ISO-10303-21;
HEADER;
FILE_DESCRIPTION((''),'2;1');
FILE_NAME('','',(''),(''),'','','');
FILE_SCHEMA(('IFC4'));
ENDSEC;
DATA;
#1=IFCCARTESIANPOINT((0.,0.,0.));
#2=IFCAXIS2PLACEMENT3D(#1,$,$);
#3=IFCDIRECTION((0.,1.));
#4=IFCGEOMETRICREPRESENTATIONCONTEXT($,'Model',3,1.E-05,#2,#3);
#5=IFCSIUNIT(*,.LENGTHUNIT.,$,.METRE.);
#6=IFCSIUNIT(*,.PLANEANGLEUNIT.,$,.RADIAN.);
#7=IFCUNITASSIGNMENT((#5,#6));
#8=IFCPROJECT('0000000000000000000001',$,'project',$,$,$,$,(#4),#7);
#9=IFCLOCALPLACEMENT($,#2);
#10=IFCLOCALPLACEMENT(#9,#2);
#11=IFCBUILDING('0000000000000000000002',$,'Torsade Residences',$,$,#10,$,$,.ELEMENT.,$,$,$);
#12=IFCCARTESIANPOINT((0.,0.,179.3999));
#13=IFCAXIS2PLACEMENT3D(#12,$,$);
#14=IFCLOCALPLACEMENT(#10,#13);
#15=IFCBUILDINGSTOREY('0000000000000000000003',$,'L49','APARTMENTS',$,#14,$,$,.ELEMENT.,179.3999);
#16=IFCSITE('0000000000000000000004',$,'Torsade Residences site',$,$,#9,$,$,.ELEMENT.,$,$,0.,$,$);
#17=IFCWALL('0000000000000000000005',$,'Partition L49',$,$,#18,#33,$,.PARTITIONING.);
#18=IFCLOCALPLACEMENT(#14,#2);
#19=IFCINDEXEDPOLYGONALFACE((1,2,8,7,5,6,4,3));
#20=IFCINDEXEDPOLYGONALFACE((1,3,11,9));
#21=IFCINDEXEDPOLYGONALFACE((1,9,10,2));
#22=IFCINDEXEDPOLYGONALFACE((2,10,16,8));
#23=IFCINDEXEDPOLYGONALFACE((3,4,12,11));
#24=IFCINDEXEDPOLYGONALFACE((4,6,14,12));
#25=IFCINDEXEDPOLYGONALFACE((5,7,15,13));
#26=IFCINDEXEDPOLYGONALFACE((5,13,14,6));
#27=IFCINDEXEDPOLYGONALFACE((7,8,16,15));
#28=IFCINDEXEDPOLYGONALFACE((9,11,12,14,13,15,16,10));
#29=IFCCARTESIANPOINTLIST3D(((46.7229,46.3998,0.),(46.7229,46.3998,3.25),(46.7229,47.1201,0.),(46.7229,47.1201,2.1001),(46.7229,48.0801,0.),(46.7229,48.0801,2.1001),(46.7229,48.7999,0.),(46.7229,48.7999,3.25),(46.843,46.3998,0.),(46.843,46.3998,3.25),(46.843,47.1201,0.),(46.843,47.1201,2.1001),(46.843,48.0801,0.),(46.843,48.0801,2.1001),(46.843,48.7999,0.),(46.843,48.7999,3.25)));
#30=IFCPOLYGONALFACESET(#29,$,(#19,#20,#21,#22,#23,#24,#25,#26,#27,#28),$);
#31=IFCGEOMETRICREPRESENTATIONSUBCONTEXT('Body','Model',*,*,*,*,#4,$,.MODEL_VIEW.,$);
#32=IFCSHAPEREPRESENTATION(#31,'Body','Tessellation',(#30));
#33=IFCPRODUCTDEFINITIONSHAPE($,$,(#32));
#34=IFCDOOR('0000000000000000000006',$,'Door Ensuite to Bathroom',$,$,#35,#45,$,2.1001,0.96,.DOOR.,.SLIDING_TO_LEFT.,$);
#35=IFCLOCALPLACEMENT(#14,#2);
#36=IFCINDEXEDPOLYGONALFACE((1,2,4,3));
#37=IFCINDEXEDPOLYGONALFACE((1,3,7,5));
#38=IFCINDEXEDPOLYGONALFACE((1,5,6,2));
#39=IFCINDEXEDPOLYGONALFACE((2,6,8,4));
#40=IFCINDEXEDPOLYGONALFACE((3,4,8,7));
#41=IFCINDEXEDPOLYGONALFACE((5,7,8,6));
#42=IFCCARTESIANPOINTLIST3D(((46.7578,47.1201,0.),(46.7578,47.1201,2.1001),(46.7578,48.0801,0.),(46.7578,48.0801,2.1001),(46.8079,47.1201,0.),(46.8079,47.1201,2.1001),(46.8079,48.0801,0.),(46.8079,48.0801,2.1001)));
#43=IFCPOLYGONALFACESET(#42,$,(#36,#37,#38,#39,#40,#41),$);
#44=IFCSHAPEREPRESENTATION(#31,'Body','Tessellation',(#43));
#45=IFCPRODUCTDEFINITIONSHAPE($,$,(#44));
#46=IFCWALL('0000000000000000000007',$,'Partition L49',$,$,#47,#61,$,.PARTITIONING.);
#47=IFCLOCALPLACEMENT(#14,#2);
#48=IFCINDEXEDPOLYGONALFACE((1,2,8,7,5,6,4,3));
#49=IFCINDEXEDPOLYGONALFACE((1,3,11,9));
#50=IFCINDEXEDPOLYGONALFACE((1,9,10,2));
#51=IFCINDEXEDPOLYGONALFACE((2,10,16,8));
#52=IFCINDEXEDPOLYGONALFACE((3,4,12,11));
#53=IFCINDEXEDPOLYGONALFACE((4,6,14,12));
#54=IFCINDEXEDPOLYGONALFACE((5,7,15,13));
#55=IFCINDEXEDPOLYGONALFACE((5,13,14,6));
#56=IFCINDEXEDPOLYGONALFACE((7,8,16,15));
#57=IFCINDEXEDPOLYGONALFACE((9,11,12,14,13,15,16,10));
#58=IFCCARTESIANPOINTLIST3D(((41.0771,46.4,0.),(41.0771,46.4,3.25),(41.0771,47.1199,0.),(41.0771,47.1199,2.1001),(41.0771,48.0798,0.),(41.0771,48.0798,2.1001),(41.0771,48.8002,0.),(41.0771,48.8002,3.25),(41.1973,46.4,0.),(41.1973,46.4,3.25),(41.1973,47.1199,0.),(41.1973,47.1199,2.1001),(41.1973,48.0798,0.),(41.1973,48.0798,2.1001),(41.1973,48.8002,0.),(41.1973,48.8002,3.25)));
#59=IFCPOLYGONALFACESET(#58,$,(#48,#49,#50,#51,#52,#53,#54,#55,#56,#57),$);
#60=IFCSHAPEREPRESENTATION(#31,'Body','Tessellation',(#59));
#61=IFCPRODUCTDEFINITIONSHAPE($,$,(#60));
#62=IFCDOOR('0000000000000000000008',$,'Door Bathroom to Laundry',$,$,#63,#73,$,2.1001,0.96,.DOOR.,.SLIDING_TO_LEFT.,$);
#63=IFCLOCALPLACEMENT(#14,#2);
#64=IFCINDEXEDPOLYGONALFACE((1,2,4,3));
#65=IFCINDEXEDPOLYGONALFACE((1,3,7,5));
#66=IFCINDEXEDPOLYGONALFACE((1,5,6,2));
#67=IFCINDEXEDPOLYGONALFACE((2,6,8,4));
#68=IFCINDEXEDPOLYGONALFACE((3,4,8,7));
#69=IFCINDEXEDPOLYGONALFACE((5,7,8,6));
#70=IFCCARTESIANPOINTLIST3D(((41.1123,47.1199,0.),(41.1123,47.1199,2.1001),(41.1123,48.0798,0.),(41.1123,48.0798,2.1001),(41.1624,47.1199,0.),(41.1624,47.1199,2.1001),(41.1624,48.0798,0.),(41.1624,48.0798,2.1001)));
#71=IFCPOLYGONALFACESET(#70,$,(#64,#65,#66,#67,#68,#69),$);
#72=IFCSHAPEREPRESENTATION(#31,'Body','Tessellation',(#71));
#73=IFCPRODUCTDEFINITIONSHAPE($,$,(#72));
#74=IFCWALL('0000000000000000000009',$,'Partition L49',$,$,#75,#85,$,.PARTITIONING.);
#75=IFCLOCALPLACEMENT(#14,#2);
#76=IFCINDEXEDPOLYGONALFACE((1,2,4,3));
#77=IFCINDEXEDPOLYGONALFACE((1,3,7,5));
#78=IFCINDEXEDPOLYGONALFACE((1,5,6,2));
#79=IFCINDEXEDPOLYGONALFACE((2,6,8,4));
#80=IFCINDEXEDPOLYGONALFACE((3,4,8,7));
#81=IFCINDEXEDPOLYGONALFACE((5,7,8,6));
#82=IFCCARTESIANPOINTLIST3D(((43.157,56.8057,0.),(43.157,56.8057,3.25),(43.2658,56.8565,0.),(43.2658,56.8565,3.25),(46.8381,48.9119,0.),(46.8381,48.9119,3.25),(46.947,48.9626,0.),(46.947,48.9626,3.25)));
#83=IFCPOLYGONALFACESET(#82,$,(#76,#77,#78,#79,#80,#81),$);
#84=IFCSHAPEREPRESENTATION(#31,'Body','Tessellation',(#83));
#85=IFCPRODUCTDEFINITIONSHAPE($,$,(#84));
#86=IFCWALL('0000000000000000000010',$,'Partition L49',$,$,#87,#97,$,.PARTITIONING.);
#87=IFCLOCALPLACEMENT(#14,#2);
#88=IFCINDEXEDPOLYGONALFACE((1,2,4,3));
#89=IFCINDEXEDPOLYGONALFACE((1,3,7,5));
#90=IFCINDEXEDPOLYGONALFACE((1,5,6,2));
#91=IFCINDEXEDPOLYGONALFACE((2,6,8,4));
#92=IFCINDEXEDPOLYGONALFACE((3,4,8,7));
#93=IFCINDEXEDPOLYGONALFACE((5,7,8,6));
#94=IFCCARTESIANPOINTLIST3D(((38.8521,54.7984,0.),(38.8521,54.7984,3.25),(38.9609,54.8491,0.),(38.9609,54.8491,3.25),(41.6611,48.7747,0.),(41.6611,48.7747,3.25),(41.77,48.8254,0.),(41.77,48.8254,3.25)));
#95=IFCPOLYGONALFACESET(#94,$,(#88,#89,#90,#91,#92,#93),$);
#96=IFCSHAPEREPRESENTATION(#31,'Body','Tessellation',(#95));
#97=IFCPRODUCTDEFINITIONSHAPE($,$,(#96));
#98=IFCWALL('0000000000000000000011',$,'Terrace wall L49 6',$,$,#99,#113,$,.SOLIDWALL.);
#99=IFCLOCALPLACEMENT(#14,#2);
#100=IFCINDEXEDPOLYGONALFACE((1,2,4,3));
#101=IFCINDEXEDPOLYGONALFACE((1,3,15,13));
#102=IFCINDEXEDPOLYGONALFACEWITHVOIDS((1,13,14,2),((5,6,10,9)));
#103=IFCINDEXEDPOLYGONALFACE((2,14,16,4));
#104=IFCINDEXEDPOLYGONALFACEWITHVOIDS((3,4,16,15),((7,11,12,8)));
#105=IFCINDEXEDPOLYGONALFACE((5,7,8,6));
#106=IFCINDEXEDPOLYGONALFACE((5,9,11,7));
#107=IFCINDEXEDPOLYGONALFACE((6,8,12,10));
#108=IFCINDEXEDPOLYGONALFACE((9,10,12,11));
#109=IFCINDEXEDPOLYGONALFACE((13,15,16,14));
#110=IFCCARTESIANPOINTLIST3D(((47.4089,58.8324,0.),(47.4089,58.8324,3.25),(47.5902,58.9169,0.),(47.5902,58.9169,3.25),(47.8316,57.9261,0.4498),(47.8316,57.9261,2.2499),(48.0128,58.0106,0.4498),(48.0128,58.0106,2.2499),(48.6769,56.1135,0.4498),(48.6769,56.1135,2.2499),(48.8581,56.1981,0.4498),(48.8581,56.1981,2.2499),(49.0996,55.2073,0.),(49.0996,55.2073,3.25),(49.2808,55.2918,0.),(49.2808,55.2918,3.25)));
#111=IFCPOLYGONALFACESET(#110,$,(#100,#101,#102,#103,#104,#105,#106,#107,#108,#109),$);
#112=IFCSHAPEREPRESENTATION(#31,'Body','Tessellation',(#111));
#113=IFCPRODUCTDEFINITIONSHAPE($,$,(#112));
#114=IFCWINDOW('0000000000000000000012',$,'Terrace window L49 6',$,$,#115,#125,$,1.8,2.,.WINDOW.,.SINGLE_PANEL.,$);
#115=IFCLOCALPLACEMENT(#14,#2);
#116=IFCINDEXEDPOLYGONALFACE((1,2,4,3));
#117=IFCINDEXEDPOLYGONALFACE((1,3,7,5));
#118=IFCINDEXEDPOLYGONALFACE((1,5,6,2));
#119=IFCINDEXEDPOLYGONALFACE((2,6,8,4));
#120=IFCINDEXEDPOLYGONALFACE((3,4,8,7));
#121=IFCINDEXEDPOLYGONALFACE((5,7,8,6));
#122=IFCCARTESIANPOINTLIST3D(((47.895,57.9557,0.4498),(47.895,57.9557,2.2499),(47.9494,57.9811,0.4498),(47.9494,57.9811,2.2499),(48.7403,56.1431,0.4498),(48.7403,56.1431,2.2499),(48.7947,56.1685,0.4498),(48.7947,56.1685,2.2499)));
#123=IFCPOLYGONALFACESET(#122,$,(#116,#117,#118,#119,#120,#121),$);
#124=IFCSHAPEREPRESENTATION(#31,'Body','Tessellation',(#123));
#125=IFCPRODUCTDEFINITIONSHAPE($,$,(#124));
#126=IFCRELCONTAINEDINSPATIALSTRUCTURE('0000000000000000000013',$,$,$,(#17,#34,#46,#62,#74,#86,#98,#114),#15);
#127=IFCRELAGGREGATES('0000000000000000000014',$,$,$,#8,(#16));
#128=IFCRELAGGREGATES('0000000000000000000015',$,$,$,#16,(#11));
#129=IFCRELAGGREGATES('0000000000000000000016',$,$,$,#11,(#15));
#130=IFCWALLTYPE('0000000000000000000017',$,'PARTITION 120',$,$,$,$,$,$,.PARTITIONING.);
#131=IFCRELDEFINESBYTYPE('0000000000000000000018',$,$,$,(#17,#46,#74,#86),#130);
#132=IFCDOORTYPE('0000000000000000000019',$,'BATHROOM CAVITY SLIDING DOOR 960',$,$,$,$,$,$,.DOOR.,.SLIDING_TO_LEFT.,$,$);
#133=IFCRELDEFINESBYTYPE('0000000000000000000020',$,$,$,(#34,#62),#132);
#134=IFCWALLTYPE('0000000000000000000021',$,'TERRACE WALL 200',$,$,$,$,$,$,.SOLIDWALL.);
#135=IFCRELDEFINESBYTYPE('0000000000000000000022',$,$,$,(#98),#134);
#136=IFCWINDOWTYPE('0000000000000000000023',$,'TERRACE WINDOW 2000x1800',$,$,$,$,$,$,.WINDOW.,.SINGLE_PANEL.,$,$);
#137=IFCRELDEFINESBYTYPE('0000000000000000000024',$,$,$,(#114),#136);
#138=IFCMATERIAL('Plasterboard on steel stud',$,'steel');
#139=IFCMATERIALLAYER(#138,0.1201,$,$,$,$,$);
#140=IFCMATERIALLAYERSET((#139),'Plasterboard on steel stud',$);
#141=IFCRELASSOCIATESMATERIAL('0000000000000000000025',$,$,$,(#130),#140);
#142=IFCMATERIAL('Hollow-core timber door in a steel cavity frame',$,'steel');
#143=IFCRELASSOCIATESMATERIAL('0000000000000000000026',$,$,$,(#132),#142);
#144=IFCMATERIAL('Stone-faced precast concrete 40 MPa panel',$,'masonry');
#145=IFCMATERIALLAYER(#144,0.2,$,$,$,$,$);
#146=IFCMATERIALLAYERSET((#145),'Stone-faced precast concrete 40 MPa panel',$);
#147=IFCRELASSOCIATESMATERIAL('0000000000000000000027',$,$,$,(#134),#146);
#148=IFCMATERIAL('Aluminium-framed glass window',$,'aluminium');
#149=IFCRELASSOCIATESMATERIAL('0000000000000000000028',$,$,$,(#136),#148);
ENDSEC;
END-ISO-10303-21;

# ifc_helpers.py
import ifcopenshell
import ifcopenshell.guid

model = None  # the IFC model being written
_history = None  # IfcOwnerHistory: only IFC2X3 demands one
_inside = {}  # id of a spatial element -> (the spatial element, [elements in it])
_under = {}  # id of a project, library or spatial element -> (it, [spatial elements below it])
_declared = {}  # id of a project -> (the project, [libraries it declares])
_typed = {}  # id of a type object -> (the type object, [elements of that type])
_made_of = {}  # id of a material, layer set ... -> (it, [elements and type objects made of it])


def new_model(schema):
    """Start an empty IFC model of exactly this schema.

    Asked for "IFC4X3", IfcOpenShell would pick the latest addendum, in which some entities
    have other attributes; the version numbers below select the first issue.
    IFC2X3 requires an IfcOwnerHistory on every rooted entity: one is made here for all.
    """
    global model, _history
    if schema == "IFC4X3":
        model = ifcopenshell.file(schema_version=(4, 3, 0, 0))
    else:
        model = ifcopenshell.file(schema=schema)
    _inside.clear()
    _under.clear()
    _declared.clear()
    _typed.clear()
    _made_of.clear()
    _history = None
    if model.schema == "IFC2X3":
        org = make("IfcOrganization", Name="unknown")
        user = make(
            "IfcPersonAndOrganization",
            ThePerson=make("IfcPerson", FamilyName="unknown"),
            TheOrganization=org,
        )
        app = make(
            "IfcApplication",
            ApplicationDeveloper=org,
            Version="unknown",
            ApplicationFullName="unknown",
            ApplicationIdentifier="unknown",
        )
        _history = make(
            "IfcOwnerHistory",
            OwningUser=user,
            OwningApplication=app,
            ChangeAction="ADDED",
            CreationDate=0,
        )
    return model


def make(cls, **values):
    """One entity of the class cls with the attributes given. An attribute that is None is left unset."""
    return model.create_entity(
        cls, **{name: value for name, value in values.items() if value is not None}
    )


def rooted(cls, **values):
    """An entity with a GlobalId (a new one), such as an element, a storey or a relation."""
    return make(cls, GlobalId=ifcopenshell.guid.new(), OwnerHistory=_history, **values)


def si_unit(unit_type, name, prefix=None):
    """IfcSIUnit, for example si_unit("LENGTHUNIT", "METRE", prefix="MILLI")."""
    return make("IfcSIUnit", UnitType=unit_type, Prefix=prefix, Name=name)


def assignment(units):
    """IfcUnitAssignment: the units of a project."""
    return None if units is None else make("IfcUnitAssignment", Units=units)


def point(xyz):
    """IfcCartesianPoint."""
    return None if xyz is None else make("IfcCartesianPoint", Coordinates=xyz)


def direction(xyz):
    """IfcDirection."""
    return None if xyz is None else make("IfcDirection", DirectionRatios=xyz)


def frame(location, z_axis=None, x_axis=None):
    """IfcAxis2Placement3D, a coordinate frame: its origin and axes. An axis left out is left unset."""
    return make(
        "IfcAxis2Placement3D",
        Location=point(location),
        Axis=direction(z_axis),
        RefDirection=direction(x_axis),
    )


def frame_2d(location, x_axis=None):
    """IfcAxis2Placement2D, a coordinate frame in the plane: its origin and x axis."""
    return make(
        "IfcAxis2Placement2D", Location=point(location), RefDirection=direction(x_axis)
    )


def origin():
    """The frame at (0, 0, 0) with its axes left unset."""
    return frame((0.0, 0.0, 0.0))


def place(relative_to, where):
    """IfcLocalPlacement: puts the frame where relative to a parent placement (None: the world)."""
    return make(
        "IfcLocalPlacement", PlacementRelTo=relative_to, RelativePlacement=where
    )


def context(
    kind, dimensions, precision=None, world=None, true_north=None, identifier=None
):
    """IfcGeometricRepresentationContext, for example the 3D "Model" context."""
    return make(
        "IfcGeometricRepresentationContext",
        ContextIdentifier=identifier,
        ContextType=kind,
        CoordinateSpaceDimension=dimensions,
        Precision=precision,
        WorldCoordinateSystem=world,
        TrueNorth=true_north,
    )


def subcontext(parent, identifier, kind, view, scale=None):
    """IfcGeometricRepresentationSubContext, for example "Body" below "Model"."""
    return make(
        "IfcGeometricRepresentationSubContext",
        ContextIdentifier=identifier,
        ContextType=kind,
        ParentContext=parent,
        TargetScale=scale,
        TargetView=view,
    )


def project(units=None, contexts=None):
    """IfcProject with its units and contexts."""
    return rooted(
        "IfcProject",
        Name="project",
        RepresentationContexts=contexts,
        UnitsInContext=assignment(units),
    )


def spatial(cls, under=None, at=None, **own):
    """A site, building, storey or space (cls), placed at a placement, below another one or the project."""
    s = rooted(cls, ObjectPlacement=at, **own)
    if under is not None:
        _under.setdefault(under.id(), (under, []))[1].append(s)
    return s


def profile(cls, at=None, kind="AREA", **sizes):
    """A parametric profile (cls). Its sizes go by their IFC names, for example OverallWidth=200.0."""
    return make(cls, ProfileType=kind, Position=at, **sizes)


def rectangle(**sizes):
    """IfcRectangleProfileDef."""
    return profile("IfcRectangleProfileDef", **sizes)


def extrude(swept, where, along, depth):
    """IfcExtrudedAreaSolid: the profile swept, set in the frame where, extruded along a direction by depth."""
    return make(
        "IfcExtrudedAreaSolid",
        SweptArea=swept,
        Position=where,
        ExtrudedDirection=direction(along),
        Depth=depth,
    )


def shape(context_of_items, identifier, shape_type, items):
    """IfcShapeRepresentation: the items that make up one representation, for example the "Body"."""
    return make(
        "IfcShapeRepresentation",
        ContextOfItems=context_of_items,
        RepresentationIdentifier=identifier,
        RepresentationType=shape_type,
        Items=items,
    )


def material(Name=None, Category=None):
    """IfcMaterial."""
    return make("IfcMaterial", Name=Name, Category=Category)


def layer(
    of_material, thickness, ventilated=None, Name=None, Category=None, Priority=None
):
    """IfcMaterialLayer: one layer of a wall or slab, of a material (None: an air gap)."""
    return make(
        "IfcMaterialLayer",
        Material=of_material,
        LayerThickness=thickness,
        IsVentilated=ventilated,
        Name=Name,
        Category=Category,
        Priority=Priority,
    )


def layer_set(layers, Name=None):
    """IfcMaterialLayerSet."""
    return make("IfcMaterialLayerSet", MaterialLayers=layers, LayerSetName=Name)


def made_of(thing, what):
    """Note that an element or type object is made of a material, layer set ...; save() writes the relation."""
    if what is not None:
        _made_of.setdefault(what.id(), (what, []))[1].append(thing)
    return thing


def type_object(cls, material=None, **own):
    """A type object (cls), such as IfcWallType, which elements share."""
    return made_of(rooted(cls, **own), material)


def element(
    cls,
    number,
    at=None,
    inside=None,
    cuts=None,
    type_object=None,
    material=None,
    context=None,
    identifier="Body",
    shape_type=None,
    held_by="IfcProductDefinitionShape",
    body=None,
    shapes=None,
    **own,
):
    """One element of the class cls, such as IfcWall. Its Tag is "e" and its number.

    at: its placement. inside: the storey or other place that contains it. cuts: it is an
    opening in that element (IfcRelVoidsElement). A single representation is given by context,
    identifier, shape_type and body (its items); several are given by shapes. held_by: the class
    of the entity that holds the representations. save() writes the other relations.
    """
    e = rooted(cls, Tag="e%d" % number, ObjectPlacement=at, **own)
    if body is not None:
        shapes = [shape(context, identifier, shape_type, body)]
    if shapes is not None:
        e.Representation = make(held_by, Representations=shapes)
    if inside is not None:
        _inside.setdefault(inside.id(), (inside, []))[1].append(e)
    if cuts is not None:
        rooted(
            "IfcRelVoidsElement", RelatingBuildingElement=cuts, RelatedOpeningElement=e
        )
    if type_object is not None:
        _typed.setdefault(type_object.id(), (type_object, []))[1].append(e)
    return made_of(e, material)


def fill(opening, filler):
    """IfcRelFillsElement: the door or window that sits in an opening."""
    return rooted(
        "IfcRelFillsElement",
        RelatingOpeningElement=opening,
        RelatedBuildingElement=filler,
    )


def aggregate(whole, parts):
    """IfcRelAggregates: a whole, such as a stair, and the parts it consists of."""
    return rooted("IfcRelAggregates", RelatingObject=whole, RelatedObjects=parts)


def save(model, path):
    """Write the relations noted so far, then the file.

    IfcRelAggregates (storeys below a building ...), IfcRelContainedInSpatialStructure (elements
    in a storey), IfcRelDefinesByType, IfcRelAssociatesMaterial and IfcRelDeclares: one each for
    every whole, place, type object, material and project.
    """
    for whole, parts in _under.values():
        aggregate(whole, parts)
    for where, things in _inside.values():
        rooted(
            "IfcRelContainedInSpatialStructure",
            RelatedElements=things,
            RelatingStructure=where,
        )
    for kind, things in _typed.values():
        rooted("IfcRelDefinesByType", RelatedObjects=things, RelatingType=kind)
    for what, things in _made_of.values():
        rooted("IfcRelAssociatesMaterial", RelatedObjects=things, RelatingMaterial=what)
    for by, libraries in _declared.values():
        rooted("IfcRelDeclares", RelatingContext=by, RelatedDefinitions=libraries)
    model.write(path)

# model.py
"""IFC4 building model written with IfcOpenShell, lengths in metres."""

from ifc_helpers import new_model, si_unit, direction, frame, frame_2d, origin, place, context, subcontext, project, spatial, rectangle, extrude, material, layer, layer_set, type_object, element, fill, save


model = new_model("IFC4")

# Units and contexts
model_context = context("Model", 3, precision=1e-05, world=origin(), true_north=direction((0.0, 1.0)))
body_context = subcontext(model_context, "Body", "Model", "MODEL_VIEW")
ifc_project = project(units=[si_unit("LENGTHUNIT", "METRE"), si_unit("PLANEANGLEUNIT", "RADIAN")], contexts=[model_context])

# Site, building, storey
site_placement = place(None, origin())
site = spatial("IfcSite", under=ifc_project, at=site_placement, Name="Torsade Residences site", CompositionType="ELEMENT", RefElevation=0.0)
building_placement = place(site_placement, origin())
building = spatial("IfcBuilding", under=site, at=building_placement, Name="Torsade Residences", CompositionType="ELEMENT")
storey_placement = place(building_placement, frame((0.0, 0.0, 179.3999)))
storey = spatial("IfcBuildingStorey", under=building, at=storey_placement, Name="L49", Description="APARTMENTS", CompositionType="ELEMENT", Elevation=179.3999)

# Walls, openings, doors
ifc_material_1 = material(Name="Plasterboard on steel stud", Category="steel")
ifc_layer_1 = layer(ifc_material_1, 0.1201)
ifc_layer_set_1 = layer_set([ifc_layer_1], Name="Plasterboard on steel stud")
wall_type_1 = type_object("IfcWallType", Name="PARTITION 120", PredefinedType="PARTITIONING", material=ifc_layer_set_1)
wall_1_placement = place(storey_placement, frame((46.783, 48.8, 0.0), z_axis=(0.0, 0.0, 1.0), x_axis=(0.0, -1.0, 0.0)))
wall_1 = element("IfcWall", 1, at=wall_1_placement, inside=storey, type_object=wall_type_1, Name="Partition L49", PredefinedType="PARTITIONING", context=body_context, shape_type="SweptSolid", body=[
    extrude(rectangle(XDim=2.4001, YDim=0.1201, at=frame_2d((1.2002, 0.0))), origin(), (0.0, 0.0, 1.0), 3.25),
])
opening_1_placement = place(wall_1_placement, frame((0.72, 0.0, 0.0)))
opening_1 = element("IfcOpeningElement", 2, at=opening_1_placement, cuts=wall_1, PredefinedType="OPENING", context=body_context, shape_type="SweptSolid", body=[
    extrude(rectangle(XDim=0.96, YDim=2.1001, at=frame_2d((0.48, 1.05))), frame((0.0, 0.0701, 0.0), z_axis=(0.0, -1.0, 0.0), x_axis=(1.0, 0.0, 0.0)), (0.0, 0.0, 1.0), 0.1401),
])
ifc_material_2 = material(Name="Hollow-core timber door in a steel cavity frame", Category="steel")
door_type_1 = type_object("IfcDoorType", Name="BATHROOM CAVITY SLIDING DOOR 960", OperationType="SLIDING_TO_LEFT", PredefinedType="DOOR", material=ifc_material_2)
door_1_placement = place(opening_1_placement, origin())
door_1 = element("IfcDoor", 3, at=door_1_placement, inside=storey, type_object=door_type_1, Name="Door Ensuite to Bathroom", OperationType="SLIDING_TO_LEFT", OverallHeight=2.1001, OverallWidth=0.96, PredefinedType="DOOR", context=body_context, shape_type="SweptSolid", body=[
    extrude(rectangle(XDim=0.96, YDim=2.1001, at=frame_2d((0.48, 1.05))), frame((0.0, 0.0249, 0.0), z_axis=(0.0, -1.0, 0.0), x_axis=(1.0, 0.0, 0.0)), (0.0, 0.0, 1.0), 0.05),
])
fill(opening_1, door_1)
wall_2_placement = place(storey_placement, frame((41.1372, 46.3999, 0.0), z_axis=(0.0, 0.0, 1.0), x_axis=(0.0, 1.0, 0.0)))
wall_2 = element("IfcWall", 4, at=wall_2_placement, inside=storey, type_object=wall_type_1, Name="Partition L49", PredefinedType="PARTITIONING", context=body_context, shape_type="SweptSolid", body=[
    extrude(rectangle(XDim=2.4001, YDim=0.1201, at=frame_2d((1.2002, 0.0))), origin(), (0.0, 0.0, 1.0), 3.25),
])
opening_2_placement = place(wall_2_placement, frame((0.72, 0.0, 0.0)))
opening_2 = element("IfcOpeningElement", 5, at=opening_2_placement, cuts=wall_2, PredefinedType="OPENING", context=body_context, shape_type="SweptSolid", body=[
    extrude(rectangle(XDim=0.96, YDim=2.1001, at=frame_2d((0.48, 1.05))), frame((0.0, 0.0701, 0.0), z_axis=(0.0, -1.0, 0.0), x_axis=(1.0, 0.0, 0.0)), (0.0, 0.0, 1.0), 0.1401),
])
door_2_placement = place(opening_2_placement, origin())
door_2 = element("IfcDoor", 6, at=door_2_placement, inside=storey, type_object=door_type_1, Name="Door Bathroom to Laundry", OperationType="SLIDING_TO_LEFT", OverallHeight=2.1001, OverallWidth=0.96, PredefinedType="DOOR", context=body_context, shape_type="SweptSolid", body=[
    extrude(rectangle(XDim=0.96, YDim=2.1001, at=frame_2d((0.48, 1.05))), frame((0.0, 0.0249, 0.0), z_axis=(0.0, -1.0, 0.0), x_axis=(1.0, 0.0, 0.0)), (0.0, 0.0, 1.0), 0.05),
])
fill(opening_2, door_2)

# Walls
wall_3_placement = place(storey_placement, frame((46.8926, 48.9373, 0.0), z_axis=(0.0, 0.0, 1.0), x_axis=(-0.422638, 0.906298, 0.0)))
element("IfcWall", 7, at=wall_3_placement, inside=storey, type_object=wall_type_1, Name="Partition L49", PredefinedType="PARTITIONING", context=body_context, shape_type="SweptSolid", body=[
    extrude(rectangle(XDim=8.71, YDim=0.1201, at=frame_2d((4.355, 0.0))), origin(), (0.0, 0.0, 1.0), 3.25),
])
wall_4_placement = place(storey_placement, frame((41.7156, 48.8, 0.0), z_axis=(0.0, 0.0, 1.0), x_axis=(-0.422642, 0.906297, 0.0)))
element("IfcWall", 8, at=wall_4_placement, inside=storey, type_object=wall_type_1, Name="Partition L49", PredefinedType="PARTITIONING", context=body_context, shape_type="SweptSolid", body=[
    extrude(rectangle(XDim=6.6465, YDim=0.1201, at=frame_2d((3.3232, 0.0))), origin(), (0.0, 0.0, 1.0), 3.25),
])

# Wall, opening, window
ifc_material_3 = material(Name="Stone-faced precast concrete 40 MPa panel", Category="masonry")
ifc_layer_2 = layer(ifc_material_3, 0.2)
ifc_layer_set_2 = layer_set([ifc_layer_2], Name="Stone-faced precast concrete 40 MPa panel")
wall_type_2 = type_object("IfcWallType", Name="TERRACE WALL 200", PredefinedType="SOLIDWALL", material=ifc_layer_set_2)
wall_5_placement = place(storey_placement, frame((49.1902, 55.2495, 0.0), z_axis=(0.0, 0.0, 1.0), x_axis=(-0.422658, 0.906289, 0.0)))
wall_5 = element("IfcWall", 9, at=wall_5_placement, inside=storey, type_object=wall_type_2, Name="Terrace wall L49 6", PredefinedType="SOLIDWALL", context=body_context, shape_type="SweptSolid", body=[
    extrude(rectangle(XDim=4.0, YDim=0.2, at=frame_2d((2.0, 0.0))), origin(), (0.0, 0.0, 1.0), 3.25),
])
opening_3_placement = place(wall_5_placement, frame((1.0, 0.0, 0.45)))
opening_3 = element("IfcOpeningElement", 10, at=opening_3_placement, cuts=wall_5, PredefinedType="OPENING", context=body_context, shape_type="SweptSolid", body=[
    extrude(rectangle(XDim=2.0, YDim=1.8, at=frame_2d((1.0, 0.8999))), frame((0.0, 0.1099, 0.0), z_axis=(0.0, -1.0, 0.0), x_axis=(1.0, 0.0, 0.0)), (0.0, 0.0, 1.0), 0.22),
])
ifc_material_4 = material(Name="Aluminium-framed glass window", Category="aluminium")
window_type = type_object("IfcWindowType", Name="TERRACE WINDOW 2000x1800", PartitioningType="SINGLE_PANEL", PredefinedType="WINDOW", material=ifc_material_4)
window_placement = place(opening_3_placement, origin())
window = element("IfcWindow", 11, at=window_placement, inside=storey, type_object=window_type, Name="Terrace window L49 6", OverallHeight=1.8, OverallWidth=2.0, PartitioningType="SINGLE_PANEL", PredefinedType="WINDOW", context=body_context, shape_type="SweptSolid", body=[
    extrude(rectangle(XDim=2.0, YDim=1.8, at=frame_2d((1.0, 0.8999))), frame((0.0, 0.03, 0.0), z_axis=(0.0, -1.0, 0.0), x_axis=(1.0, 0.0, 0.0)), (0.0, 0.0, 1.0), 0.0601),
])
fill(opening_3, window)

save(model, "model.ifc")
